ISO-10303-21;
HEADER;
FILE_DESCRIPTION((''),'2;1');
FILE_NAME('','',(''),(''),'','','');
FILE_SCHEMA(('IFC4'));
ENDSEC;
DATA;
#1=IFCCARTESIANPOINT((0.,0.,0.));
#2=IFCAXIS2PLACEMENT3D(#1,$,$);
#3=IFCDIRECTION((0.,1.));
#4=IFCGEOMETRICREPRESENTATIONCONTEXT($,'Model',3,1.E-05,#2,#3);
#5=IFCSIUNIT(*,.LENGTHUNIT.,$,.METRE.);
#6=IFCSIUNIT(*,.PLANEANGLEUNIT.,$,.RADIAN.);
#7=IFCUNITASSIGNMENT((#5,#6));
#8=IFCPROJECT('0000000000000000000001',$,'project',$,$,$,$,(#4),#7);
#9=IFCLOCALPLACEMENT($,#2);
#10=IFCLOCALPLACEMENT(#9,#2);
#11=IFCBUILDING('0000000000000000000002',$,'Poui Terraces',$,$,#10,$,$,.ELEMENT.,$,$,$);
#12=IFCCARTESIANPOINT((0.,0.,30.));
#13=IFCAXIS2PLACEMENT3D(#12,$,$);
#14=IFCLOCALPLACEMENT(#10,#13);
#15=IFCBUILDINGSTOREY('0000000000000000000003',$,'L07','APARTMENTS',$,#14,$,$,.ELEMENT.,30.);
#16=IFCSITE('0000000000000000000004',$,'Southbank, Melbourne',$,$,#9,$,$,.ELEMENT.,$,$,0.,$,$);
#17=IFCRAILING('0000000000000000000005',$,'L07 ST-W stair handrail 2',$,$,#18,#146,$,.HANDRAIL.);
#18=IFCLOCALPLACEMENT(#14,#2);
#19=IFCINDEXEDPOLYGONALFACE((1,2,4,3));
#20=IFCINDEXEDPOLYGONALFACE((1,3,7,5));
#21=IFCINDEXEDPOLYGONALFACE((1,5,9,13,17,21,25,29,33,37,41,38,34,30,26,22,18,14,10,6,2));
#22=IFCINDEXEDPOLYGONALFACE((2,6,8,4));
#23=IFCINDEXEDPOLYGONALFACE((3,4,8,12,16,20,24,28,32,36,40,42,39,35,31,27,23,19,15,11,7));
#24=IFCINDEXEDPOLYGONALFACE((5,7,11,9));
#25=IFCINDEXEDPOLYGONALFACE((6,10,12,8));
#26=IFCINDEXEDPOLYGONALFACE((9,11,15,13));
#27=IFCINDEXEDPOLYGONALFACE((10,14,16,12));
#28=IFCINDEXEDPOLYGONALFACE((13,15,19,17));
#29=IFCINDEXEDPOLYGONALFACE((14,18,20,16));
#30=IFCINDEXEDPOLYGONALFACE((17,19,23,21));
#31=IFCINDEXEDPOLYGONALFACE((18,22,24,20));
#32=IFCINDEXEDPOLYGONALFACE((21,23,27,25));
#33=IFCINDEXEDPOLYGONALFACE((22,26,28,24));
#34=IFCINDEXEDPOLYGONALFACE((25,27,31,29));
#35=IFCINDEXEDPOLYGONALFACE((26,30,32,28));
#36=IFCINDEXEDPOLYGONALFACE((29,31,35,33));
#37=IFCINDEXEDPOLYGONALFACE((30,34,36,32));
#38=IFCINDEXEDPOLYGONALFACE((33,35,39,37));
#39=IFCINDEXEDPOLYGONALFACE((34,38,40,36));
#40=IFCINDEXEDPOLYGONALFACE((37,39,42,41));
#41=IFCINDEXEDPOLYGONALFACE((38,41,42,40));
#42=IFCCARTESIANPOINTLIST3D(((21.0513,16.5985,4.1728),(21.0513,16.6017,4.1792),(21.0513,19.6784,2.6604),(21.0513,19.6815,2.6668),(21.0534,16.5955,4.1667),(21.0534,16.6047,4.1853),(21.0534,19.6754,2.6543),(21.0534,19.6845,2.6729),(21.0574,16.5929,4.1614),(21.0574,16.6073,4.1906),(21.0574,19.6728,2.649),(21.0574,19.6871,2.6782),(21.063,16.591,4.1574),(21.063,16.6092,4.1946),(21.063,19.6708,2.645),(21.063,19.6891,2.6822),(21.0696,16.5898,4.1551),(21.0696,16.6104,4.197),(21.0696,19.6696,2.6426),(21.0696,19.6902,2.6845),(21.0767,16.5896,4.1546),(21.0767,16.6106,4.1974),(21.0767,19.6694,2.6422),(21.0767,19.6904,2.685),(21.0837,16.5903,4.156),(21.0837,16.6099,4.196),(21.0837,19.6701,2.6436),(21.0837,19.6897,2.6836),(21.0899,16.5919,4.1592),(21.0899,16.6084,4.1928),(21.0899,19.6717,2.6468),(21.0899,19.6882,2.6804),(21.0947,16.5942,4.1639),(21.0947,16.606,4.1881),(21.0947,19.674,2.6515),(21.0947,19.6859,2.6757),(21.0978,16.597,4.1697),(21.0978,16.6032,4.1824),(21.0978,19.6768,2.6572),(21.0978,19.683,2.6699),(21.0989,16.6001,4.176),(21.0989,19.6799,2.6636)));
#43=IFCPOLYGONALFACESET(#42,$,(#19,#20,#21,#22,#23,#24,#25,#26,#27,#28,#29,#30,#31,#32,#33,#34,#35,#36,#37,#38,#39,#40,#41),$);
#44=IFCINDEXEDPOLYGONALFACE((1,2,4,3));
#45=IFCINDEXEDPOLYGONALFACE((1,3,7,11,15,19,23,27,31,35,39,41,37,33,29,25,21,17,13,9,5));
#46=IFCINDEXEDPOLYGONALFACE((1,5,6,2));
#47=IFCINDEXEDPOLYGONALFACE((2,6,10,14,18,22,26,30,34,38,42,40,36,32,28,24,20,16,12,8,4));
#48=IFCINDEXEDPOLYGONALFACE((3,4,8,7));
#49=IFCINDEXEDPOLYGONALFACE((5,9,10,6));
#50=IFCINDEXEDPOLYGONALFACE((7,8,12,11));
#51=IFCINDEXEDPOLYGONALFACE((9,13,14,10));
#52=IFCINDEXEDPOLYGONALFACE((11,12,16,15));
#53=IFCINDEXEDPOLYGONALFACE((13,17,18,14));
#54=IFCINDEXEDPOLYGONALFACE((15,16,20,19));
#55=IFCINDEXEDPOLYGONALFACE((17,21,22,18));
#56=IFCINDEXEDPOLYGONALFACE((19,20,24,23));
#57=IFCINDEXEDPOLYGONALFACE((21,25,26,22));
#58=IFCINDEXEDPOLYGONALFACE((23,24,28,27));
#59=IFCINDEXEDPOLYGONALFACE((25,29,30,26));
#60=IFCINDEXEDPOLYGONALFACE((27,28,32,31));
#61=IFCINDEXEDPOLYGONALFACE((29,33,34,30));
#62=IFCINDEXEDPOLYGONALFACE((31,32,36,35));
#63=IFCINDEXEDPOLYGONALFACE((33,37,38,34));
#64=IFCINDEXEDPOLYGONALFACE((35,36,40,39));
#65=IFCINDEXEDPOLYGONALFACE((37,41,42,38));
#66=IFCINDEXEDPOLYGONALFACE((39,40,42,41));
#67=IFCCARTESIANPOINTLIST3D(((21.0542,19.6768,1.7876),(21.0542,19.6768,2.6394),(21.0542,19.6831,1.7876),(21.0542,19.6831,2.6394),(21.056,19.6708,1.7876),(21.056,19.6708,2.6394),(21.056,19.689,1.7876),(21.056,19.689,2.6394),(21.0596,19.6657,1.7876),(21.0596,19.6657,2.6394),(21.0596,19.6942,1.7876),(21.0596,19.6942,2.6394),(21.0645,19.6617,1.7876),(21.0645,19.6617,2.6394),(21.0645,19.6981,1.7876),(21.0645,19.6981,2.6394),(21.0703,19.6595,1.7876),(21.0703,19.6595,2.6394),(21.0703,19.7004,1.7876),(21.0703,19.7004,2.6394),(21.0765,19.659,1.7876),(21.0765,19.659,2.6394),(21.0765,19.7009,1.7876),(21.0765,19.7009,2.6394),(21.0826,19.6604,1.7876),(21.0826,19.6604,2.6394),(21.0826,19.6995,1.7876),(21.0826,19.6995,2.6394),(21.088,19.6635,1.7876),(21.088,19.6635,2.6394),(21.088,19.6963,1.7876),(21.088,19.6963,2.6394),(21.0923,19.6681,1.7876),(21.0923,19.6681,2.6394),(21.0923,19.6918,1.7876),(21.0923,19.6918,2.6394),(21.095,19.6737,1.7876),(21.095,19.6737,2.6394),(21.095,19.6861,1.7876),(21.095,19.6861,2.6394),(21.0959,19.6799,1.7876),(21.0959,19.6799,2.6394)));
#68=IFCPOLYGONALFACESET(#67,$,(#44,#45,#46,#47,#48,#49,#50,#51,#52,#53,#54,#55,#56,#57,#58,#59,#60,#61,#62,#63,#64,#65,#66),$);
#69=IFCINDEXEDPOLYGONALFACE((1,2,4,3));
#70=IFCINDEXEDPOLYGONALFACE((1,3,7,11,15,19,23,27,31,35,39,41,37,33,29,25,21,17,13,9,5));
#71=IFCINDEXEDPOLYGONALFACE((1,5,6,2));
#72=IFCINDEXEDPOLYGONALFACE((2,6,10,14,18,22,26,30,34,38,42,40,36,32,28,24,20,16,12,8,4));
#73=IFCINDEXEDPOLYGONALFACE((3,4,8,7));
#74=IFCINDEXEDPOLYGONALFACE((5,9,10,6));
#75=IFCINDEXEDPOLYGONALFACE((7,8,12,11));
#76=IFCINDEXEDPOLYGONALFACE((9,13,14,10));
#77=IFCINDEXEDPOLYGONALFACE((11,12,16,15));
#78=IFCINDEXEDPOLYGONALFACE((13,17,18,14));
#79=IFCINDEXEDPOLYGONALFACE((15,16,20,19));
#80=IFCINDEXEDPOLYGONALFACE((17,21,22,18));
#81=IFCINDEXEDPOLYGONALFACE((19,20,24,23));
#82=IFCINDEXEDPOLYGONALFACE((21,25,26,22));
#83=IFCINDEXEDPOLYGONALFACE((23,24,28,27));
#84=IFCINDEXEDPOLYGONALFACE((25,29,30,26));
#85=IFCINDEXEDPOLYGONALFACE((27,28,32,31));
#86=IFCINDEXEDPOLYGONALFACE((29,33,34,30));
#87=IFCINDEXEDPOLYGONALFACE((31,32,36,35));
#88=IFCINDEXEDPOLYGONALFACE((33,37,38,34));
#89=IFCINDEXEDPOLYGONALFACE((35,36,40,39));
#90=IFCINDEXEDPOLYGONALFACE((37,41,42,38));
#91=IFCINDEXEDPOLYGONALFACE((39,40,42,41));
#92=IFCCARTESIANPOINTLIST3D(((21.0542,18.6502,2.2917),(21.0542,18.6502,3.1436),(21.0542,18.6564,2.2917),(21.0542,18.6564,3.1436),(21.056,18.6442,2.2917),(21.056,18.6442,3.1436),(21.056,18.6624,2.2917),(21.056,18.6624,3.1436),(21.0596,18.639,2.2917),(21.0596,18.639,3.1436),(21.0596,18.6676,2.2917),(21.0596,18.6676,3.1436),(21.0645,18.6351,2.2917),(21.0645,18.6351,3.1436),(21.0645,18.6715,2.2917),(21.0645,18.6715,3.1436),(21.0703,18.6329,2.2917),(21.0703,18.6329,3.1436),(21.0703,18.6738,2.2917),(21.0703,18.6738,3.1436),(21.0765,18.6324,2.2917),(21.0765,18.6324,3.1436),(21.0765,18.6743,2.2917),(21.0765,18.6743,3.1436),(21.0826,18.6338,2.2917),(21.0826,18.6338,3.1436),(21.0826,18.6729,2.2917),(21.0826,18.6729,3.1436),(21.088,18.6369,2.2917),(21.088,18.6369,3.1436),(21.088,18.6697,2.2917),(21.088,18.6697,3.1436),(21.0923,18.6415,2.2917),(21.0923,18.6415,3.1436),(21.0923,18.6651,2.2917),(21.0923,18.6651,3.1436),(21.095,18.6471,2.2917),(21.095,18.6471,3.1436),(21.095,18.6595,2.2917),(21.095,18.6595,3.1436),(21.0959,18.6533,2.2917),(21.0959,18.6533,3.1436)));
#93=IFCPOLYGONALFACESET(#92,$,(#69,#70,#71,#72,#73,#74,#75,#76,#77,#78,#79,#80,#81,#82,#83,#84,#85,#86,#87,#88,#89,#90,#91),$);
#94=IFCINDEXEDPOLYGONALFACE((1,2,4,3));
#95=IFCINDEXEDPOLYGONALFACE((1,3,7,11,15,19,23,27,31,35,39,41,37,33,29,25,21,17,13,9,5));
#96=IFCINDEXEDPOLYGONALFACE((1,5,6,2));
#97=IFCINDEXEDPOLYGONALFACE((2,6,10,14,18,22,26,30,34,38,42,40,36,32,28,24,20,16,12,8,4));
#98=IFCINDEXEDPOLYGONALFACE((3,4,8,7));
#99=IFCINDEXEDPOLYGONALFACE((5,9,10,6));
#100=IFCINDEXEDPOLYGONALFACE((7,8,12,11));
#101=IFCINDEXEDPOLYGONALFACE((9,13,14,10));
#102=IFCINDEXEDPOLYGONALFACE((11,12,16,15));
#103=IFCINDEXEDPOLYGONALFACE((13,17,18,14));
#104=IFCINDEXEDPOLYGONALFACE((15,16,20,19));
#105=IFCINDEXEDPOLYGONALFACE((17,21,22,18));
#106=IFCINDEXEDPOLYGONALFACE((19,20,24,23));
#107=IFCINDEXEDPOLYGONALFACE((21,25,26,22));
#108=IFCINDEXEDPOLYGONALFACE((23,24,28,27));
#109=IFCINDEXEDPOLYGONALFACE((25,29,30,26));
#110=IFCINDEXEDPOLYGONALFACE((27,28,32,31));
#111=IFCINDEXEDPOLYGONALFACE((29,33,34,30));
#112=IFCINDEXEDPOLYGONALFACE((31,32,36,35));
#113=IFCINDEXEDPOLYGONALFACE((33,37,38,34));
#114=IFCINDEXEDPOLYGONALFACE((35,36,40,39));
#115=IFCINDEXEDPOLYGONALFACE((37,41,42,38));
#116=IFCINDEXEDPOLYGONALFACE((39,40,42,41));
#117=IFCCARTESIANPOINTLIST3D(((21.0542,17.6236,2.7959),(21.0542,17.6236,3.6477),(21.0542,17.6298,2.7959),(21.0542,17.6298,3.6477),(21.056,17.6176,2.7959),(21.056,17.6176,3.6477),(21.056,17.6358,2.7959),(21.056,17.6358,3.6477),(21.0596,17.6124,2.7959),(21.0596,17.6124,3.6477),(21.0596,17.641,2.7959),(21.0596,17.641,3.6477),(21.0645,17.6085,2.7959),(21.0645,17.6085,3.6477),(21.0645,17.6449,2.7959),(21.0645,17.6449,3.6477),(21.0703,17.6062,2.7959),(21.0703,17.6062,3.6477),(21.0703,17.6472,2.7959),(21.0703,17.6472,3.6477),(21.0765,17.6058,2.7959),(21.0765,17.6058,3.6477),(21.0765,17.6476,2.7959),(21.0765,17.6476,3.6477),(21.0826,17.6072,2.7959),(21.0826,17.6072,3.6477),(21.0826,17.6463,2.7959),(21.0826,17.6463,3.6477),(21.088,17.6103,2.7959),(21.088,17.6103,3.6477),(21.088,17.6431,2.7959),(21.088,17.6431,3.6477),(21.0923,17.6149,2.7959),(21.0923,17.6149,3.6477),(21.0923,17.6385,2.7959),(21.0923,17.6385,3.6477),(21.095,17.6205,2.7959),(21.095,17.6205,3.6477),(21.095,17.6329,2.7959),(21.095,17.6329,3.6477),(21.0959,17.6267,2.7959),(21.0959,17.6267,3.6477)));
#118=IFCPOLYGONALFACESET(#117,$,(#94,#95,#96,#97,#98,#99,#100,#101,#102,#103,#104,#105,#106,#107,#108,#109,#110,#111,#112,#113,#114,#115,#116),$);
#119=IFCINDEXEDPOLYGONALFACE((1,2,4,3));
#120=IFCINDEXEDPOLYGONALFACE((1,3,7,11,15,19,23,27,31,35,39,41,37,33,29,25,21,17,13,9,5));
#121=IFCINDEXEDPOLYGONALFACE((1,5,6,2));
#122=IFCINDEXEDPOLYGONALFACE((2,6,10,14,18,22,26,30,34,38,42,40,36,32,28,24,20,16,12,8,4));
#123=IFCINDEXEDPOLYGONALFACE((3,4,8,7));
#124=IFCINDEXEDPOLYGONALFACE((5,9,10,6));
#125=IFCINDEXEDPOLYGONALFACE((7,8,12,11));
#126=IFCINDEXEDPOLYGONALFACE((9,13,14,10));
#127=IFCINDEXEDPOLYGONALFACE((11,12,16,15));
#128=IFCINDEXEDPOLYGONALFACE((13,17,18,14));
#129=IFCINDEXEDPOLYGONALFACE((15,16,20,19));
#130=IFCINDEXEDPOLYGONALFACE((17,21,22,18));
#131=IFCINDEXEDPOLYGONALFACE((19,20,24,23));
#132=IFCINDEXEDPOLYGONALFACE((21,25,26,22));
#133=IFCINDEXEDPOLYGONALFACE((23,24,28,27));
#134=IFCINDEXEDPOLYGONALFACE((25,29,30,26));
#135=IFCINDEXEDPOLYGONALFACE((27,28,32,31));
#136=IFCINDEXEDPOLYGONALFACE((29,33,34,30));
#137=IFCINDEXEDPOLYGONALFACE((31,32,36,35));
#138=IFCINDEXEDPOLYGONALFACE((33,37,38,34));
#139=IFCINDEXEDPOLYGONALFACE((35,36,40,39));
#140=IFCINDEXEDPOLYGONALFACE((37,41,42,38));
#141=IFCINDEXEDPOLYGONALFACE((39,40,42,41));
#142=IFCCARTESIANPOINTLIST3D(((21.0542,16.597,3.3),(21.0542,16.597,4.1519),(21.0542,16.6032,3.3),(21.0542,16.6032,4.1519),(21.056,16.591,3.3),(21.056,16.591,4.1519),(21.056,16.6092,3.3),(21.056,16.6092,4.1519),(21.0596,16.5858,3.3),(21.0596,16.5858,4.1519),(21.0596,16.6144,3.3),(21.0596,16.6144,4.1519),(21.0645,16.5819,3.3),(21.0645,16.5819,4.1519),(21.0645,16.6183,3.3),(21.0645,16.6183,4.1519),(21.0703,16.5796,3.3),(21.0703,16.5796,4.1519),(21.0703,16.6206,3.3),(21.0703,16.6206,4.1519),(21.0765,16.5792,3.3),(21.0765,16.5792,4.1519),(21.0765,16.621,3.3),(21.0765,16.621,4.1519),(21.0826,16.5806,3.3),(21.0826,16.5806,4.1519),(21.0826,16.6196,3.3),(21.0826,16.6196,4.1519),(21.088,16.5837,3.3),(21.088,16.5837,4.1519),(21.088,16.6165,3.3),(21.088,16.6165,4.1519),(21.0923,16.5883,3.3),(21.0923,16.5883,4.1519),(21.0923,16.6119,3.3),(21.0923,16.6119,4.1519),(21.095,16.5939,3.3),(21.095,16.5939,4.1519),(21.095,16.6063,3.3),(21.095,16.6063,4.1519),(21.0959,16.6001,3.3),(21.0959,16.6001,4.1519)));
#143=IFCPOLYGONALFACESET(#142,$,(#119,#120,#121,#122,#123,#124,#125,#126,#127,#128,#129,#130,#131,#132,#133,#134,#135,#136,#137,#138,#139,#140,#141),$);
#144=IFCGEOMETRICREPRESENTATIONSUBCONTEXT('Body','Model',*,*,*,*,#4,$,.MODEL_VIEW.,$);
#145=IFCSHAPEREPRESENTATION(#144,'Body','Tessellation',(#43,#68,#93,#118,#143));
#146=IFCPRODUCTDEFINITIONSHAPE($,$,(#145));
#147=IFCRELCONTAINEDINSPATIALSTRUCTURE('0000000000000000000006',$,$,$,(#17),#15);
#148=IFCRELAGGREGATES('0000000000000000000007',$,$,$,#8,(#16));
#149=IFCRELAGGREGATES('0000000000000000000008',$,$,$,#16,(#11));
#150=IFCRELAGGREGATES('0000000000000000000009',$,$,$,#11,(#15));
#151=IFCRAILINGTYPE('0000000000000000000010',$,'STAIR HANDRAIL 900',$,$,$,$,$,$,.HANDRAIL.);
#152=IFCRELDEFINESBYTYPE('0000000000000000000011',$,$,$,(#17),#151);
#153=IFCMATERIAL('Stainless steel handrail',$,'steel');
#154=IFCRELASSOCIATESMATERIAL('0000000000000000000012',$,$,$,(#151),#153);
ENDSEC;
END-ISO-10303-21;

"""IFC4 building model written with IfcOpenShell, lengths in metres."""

from ifc_helpers import new_model, si_unit, direction, frame, origin, origin_2d, place, context, subcontext, project, spatial, circle, extrude, material, type_object, element, save


model = new_model("IFC4")

# Units and contexts
model_context = context("Model", 3, precision=1e-05, world=origin(), true_north=direction((0.0, 1.0)))
body_context = subcontext(model_context, "Body", "Model", "MODEL_VIEW")
ifc_project = project(units=[si_unit("LENGTHUNIT", "METRE"), si_unit("PLANEANGLEUNIT", "RADIAN")], contexts=[model_context])

# Site, building, storey
site_placement = place(None, origin())
site = spatial("IfcSite", under=ifc_project, at=site_placement, Name="Southbank, Melbourne", CompositionType="ELEMENT", RefElevation=0.0)
building_placement = place(site_placement, origin())
building = spatial("IfcBuilding", under=site, at=building_placement, Name="Poui Terraces", CompositionType="ELEMENT")
storey_placement = place(building_placement, frame((0.0, 0.0, 30.0)))
storey = spatial("IfcBuildingStorey", under=building, at=storey_placement, Name="L07", Description="APARTMENTS", CompositionType="ELEMENT", Elevation=30.0)

# Railing
ifc_material_1 = material(Name="Stainless steel handrail", Category="steel")
railing_type_1 = type_object("IfcRailingType", Name="STAIR HANDRAIL 900", PredefinedType="HANDRAIL", material=ifc_material_1)
railing_1_placement = place(storey_placement, frame((21.075, 19.6799, 1.7876)))
element("IfcRailing", 1, at=railing_1_placement, inside=storey, type_object=railing_type_1, Name="L07 ST-W stair handrail 2", PredefinedType="HANDRAIL", context=body_context, shape_type="SweptSolid", body=[
    extrude(circle(Radius=0.0239, at=origin_2d()), frame((0.0, 0.0, 0.876), z_axis=(0.0, -0.897606, 0.440798), x_axis=(1.0, 0.0, 0.0)), (0.0, 0.0, 1.0), 3.4312),
    extrude(circle(Radius=0.021, at=origin_2d()), origin(), (0.0, 0.0, 1.0), 0.8518),
    extrude(circle(Radius=0.021, at=origin_2d()), frame((0.0, -1.0266, 0.5042)), (0.0, 0.0, 1.0), 0.8518),
    extrude(circle(Radius=0.021, at=origin_2d()), frame((0.0, -2.0532, 1.0083)), (0.0, 0.0, 1.0), 0.8518),
    extrude(circle(Radius=0.021, at=origin_2d()), frame((0.0, -3.0798, 1.5125)), (0.0, 0.0, 1.0), 0.8518),
])

save(model, "model.ifc")
